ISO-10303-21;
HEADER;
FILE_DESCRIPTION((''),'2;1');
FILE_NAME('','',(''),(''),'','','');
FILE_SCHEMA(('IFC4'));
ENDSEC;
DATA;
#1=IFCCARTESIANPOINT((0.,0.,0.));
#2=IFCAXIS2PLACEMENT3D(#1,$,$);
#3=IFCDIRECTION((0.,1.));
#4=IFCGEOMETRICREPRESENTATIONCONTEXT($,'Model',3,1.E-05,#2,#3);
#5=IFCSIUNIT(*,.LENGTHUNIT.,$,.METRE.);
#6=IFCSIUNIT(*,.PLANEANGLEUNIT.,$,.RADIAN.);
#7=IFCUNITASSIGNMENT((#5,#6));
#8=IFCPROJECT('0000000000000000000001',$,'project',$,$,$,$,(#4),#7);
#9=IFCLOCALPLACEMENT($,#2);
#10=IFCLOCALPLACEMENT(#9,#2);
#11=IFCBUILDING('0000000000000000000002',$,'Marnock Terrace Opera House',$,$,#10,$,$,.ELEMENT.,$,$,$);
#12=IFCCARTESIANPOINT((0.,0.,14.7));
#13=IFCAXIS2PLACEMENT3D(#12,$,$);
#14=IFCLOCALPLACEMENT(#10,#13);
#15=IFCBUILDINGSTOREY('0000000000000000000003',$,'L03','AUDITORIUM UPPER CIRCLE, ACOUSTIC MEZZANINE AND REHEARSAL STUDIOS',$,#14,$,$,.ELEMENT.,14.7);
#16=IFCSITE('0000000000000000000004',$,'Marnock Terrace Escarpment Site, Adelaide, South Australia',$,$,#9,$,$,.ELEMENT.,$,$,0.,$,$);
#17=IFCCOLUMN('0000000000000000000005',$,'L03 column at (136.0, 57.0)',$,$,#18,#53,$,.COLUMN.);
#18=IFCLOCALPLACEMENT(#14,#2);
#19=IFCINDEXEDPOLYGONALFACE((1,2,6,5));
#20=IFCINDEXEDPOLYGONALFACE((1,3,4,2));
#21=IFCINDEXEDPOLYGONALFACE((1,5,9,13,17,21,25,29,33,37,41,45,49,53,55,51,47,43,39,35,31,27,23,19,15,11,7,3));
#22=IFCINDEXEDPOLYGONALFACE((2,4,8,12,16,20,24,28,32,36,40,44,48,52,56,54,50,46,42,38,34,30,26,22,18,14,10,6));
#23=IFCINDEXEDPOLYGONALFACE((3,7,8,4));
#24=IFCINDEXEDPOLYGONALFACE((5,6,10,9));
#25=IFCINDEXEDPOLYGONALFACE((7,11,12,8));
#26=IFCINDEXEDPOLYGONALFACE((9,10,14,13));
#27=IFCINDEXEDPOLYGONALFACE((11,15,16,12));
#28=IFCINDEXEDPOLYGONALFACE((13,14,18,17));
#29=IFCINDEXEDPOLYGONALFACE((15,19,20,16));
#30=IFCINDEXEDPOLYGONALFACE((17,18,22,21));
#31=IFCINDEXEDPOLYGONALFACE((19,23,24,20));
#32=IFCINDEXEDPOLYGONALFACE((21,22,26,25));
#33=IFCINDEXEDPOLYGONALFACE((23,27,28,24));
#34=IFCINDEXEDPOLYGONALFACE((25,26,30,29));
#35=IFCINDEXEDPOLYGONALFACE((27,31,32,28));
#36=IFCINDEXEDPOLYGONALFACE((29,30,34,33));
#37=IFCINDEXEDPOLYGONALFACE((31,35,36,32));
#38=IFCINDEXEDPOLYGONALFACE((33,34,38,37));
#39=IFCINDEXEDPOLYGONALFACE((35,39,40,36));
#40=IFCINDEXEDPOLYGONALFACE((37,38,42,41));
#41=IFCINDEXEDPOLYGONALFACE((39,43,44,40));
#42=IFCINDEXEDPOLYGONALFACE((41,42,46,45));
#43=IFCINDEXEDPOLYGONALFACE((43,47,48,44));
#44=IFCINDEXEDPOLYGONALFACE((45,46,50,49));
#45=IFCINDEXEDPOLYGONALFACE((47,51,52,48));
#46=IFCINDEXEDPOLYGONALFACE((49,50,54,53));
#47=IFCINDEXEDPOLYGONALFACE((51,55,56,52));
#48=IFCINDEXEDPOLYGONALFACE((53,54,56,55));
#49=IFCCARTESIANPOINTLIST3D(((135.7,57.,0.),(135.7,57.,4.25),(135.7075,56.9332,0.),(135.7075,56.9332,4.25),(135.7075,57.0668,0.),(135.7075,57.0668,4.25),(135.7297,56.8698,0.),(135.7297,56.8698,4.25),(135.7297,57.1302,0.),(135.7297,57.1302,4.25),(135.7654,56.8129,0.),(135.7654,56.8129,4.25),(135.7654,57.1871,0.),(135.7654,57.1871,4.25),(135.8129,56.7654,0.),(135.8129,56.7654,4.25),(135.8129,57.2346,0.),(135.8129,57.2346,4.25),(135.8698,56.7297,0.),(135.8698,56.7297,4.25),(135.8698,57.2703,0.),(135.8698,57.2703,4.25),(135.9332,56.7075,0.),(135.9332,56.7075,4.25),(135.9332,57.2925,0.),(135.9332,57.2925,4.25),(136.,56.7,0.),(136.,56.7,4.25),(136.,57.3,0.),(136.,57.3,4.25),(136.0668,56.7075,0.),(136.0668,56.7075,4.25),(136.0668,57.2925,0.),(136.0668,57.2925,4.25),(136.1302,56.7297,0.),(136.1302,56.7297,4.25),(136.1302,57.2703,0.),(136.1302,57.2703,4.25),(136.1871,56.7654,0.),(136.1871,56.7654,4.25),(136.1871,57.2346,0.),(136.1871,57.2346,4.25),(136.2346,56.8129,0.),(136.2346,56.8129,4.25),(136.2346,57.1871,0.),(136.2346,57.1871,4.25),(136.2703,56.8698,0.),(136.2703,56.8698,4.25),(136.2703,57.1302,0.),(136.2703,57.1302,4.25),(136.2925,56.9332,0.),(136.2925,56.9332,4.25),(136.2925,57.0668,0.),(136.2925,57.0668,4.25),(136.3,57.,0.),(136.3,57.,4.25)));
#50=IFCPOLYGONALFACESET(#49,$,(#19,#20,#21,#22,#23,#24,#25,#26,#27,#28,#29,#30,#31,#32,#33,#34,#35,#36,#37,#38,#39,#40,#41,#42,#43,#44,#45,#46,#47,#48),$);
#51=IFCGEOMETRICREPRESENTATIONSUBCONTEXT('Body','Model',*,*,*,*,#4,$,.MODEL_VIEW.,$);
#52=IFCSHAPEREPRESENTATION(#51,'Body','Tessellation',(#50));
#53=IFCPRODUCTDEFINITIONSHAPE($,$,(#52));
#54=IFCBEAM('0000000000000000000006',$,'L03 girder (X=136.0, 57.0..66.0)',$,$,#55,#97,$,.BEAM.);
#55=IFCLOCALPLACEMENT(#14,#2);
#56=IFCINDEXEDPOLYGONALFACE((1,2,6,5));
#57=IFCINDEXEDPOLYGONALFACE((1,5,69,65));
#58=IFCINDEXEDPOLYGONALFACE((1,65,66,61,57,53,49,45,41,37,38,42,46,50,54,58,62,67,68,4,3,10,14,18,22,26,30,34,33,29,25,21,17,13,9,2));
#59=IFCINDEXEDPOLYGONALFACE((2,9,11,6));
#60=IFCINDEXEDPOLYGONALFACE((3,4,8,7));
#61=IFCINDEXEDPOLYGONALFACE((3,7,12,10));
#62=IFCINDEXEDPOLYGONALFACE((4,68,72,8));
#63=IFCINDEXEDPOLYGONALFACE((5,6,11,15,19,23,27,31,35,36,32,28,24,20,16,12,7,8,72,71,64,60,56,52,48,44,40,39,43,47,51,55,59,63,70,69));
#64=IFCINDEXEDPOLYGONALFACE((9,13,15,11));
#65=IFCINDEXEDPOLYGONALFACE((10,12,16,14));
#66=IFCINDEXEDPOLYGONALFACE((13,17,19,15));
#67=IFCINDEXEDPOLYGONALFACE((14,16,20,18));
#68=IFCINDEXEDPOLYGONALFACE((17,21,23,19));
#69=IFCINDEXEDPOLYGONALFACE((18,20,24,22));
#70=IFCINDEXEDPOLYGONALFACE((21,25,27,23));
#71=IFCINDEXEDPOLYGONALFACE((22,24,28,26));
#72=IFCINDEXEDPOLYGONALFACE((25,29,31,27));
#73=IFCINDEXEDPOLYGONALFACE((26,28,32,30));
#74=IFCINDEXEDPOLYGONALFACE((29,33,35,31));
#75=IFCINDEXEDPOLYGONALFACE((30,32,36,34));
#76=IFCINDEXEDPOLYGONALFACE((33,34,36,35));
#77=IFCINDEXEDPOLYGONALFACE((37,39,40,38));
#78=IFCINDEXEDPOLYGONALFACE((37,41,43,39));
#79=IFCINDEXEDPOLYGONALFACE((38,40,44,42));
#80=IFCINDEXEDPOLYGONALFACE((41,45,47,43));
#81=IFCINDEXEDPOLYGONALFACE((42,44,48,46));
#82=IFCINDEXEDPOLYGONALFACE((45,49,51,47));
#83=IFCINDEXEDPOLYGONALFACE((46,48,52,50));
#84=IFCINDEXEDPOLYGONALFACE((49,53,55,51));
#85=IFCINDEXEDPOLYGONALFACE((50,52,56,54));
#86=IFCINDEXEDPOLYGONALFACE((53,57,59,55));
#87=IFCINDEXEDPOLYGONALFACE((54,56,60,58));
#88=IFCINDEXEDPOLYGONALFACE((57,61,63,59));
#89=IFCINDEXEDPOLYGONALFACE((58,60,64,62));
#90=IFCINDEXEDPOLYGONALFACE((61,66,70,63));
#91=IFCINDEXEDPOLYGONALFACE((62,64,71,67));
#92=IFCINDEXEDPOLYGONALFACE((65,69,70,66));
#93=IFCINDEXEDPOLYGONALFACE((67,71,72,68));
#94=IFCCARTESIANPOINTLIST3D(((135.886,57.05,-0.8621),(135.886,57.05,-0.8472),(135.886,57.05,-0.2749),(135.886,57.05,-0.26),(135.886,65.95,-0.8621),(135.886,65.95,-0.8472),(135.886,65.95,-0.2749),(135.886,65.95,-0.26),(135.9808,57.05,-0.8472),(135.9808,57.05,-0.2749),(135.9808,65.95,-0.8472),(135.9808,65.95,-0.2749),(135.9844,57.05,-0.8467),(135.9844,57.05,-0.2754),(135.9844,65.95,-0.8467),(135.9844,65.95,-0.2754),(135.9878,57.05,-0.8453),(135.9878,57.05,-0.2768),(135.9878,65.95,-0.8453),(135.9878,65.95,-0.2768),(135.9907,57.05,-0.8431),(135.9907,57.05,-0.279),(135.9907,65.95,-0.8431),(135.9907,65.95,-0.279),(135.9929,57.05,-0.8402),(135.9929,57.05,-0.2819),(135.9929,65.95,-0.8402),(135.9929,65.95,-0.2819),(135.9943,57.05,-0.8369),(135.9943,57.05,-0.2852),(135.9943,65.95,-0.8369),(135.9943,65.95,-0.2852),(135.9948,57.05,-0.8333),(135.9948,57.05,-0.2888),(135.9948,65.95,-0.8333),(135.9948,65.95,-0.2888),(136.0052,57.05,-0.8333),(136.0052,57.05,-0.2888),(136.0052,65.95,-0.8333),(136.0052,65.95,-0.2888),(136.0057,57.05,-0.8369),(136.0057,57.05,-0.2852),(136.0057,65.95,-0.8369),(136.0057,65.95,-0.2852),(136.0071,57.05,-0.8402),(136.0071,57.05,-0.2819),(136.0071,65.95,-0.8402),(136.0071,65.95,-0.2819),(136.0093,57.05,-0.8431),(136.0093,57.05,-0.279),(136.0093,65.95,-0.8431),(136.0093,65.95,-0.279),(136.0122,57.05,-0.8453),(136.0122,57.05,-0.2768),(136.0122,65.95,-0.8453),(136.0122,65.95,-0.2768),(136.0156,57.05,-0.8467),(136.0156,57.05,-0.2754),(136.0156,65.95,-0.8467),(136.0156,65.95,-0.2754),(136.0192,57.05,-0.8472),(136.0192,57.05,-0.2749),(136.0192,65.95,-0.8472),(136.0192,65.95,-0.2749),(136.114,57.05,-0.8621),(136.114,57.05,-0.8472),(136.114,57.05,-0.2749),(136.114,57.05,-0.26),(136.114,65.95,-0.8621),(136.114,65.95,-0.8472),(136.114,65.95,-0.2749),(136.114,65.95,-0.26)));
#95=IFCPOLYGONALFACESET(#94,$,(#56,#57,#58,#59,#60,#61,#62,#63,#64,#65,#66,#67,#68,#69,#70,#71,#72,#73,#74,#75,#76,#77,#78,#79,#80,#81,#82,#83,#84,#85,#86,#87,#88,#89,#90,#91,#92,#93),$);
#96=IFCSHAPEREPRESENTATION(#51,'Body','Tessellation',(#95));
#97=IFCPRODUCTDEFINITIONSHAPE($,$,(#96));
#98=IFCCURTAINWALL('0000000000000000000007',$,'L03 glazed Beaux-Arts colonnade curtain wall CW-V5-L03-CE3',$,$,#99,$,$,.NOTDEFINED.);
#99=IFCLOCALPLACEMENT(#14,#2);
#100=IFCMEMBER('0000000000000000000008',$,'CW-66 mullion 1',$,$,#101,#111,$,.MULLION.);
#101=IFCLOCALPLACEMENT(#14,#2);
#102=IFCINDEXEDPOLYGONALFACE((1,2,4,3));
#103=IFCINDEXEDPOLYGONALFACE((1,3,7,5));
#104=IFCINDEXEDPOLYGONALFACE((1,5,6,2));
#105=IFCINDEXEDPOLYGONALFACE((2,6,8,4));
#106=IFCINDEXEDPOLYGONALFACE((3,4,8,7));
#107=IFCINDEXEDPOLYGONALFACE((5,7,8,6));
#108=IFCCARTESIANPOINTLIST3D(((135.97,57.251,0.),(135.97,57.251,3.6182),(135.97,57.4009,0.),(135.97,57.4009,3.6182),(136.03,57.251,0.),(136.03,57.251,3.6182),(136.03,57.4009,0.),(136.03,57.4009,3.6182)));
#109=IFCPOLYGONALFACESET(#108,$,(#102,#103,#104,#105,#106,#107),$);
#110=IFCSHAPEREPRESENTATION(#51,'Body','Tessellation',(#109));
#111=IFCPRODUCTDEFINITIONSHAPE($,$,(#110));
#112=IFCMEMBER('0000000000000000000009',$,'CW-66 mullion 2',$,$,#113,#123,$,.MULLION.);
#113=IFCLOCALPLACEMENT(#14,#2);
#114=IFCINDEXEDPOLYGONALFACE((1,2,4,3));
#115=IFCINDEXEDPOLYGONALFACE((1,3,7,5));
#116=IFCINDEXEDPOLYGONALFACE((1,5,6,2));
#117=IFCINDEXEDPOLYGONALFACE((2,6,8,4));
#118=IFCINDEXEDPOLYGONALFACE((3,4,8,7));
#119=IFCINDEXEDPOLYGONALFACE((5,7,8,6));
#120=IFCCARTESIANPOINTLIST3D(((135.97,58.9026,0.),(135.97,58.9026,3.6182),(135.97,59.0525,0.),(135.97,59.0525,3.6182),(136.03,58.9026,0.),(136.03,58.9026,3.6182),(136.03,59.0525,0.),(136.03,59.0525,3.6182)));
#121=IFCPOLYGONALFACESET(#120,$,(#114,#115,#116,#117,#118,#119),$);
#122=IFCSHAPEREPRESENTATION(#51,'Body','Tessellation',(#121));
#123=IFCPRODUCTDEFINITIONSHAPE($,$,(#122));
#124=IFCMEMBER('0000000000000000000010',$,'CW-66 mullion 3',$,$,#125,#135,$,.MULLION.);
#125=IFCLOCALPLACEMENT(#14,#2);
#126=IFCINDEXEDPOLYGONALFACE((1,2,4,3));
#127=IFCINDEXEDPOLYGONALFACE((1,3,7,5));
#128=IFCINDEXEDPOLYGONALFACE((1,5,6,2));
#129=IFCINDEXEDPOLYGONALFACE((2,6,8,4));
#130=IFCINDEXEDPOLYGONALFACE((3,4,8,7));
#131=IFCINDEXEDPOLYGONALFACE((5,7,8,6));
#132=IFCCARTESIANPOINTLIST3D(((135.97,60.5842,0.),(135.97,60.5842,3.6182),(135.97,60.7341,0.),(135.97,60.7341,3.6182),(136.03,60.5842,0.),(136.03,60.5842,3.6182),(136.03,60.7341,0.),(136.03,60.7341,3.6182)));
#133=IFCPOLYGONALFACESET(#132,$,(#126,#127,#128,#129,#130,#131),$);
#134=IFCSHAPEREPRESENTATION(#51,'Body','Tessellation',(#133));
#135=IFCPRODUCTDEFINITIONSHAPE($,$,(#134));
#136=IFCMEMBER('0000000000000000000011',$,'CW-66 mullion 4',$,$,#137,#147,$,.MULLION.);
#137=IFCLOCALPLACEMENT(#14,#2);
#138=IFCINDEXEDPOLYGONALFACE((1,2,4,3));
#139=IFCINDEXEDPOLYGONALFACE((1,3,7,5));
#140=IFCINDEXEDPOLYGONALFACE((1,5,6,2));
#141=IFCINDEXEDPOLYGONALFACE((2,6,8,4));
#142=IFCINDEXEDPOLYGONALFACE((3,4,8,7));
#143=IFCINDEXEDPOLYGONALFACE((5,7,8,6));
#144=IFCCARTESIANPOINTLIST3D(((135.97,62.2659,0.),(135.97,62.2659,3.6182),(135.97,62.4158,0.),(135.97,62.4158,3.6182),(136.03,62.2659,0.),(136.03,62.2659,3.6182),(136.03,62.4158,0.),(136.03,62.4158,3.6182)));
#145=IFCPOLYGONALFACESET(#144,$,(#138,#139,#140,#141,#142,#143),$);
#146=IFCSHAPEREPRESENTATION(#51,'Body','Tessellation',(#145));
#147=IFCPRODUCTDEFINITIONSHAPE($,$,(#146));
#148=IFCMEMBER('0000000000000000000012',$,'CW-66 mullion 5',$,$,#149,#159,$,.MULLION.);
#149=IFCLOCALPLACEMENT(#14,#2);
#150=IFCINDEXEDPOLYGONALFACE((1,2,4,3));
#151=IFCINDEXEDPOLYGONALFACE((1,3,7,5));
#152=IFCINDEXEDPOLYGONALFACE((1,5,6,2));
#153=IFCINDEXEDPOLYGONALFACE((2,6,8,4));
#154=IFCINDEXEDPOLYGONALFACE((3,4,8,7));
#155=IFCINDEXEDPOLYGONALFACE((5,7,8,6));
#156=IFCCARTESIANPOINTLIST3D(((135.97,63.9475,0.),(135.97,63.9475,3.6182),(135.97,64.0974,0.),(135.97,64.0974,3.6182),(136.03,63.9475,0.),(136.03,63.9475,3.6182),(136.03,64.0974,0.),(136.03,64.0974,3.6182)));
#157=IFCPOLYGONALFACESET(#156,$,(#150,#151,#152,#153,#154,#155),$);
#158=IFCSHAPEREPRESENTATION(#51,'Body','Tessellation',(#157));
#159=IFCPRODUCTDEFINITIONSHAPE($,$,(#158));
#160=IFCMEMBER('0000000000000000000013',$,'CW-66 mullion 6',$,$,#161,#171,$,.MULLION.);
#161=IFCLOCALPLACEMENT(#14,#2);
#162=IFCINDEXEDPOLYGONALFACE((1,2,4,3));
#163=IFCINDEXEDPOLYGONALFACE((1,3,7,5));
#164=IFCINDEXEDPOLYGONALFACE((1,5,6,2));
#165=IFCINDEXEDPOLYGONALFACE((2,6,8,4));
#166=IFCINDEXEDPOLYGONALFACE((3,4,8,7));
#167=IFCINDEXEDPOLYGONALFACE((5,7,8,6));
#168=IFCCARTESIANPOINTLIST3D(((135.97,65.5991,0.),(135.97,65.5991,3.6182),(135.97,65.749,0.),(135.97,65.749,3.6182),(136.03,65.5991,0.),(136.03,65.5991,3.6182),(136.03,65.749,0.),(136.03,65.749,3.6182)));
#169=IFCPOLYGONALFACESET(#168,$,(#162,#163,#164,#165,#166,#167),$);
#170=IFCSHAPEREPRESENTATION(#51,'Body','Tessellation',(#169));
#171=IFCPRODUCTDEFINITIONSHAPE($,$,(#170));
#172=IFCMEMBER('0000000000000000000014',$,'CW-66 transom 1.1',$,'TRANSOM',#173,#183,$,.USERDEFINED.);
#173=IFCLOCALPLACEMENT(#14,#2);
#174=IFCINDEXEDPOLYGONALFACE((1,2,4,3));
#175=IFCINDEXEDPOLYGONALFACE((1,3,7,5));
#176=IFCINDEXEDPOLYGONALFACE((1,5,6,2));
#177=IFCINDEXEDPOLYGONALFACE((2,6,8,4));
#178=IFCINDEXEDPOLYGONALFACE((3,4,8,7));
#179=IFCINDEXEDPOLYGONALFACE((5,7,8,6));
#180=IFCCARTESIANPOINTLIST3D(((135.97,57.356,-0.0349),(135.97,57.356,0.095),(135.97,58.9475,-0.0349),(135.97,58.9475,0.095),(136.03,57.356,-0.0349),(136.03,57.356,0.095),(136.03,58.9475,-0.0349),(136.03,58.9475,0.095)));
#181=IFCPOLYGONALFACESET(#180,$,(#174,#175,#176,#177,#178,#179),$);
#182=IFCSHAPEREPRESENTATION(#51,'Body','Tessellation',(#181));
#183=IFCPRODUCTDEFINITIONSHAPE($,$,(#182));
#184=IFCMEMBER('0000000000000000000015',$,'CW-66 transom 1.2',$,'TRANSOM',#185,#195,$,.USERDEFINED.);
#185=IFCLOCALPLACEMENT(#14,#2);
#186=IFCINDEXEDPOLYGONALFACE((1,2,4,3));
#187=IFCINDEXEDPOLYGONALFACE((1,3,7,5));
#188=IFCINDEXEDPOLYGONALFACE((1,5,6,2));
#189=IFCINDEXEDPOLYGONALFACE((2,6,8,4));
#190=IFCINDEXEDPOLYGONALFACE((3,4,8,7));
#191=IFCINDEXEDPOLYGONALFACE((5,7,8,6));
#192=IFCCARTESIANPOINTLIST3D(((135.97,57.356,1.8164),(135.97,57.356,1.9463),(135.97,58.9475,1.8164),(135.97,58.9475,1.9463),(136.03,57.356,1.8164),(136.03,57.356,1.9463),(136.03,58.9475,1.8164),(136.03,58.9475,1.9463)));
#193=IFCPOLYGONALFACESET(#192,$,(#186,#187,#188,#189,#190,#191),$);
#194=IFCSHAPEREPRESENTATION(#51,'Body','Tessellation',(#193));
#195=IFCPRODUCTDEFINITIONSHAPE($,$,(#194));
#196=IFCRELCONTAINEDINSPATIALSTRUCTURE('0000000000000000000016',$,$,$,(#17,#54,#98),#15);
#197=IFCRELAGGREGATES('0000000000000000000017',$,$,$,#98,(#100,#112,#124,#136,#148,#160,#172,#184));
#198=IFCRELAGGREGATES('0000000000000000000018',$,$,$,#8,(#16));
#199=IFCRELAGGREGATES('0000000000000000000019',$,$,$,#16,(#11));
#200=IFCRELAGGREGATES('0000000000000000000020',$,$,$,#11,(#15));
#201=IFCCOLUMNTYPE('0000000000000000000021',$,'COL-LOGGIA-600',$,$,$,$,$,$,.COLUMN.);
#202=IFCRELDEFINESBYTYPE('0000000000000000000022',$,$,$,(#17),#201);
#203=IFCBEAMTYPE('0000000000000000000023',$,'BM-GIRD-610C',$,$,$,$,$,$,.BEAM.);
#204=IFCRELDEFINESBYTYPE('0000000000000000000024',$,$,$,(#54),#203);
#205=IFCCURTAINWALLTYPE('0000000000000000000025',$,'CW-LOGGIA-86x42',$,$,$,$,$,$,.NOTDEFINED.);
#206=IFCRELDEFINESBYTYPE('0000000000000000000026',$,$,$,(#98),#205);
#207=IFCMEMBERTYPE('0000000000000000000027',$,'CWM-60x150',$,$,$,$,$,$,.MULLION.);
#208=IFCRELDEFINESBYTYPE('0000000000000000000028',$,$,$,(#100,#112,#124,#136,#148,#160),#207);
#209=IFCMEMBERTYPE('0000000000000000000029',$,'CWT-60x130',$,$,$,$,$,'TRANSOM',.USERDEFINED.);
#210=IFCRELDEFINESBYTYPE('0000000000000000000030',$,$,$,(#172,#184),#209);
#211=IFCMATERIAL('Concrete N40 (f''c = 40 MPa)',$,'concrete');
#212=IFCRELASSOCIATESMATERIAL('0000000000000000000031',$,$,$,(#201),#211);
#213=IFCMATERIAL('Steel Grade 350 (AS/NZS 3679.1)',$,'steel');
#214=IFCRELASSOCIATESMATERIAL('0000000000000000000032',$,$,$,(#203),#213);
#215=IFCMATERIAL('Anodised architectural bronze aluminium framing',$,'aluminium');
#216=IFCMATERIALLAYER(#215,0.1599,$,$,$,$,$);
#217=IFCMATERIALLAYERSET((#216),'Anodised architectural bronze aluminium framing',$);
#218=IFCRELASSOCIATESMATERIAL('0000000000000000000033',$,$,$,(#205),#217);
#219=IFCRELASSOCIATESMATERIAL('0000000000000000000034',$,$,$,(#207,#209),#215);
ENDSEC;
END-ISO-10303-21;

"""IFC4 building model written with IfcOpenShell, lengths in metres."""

from ifc_helpers import new_model, si_unit, direction, frame, origin, origin_2d, place, context, subcontext, project, spatial, rectangle, circle, i_section, extrude, material, layer, layer_set, material_profile, profile_set, type_object, element, aggregate, save


model = new_model("IFC4")

# Units and contexts
model_context = context("Model", 3, precision=1e-05, world=origin(), true_north=direction((0.0, 1.0)))
body_context = subcontext(model_context, "Body", "Model", "MODEL_VIEW")
ifc_project = project(units=[si_unit("LENGTHUNIT", "METRE"), si_unit("PLANEANGLEUNIT", "RADIAN")], contexts=[model_context])

# Site, building, storey
site_placement = place(None, origin())
site = spatial("IfcSite", under=ifc_project, at=site_placement, Name="Marnock Terrace Escarpment Site, Adelaide, South Australia", CompositionType="ELEMENT", RefElevation=0.0)
building_placement = place(site_placement, origin())
building = spatial("IfcBuilding", under=site, at=building_placement, Name="Marnock Terrace Opera House", CompositionType="ELEMENT")
storey_placement = place(building_placement, frame((0.0, 0.0, 14.7)))
storey = spatial("IfcBuildingStorey", under=building, at=storey_placement, Name="L03", Description="AUDITORIUM UPPER CIRCLE, ACOUSTIC MEZZANINE AND REHEARSAL STUDIOS", CompositionType="ELEMENT", Elevation=14.7)

# Column
ifc_material_1 = material(Name="Concrete N40 (f'c = 40 MPa)", Category="concrete")
ifc_material_profile_1 = material_profile(ifc_material_1, circle(Radius=0.3, at=origin_2d()))
ifc_profile_set_1 = profile_set([ifc_material_profile_1], Name="Concrete N40 (f'c = 40 MPa)")
column_type = type_object("IfcColumnType", Name="COL-LOGGIA-600", PredefinedType="COLUMN", material=ifc_profile_set_1)
column_placement = place(storey_placement, frame((136.0, 57.0, 0.0), z_axis=(0.0, 0.0, 1.0), x_axis=(1.0, 0.0, 0.0)))
element("IfcColumn", 1, at=column_placement, inside=storey, type_object=column_type, Name="L03 column at (136.0, 57.0)", PredefinedType="COLUMN", context=body_context, shape_type="SweptSolid", body=[
    extrude(circle(Radius=0.3, at=origin_2d()), origin(), (0.0, 0.0, 1.0), 4.25),
])

# Beam
ifc_material_2 = material(Name="Steel Grade 350 (AS/NZS 3679.1)", Category="steel")
ifc_material_profile_2 = material_profile(ifc_material_2, i_section(OverallWidth=0.228, OverallDepth=0.6021, WebThickness=0.0105, FlangeThickness=0.0149, FilletRadius=0.0139, at=origin_2d()))
ifc_profile_set_2 = profile_set([ifc_material_profile_2], Name="Steel Grade 350 (AS/NZS 3679.1)")
beam_type = type_object("IfcBeamType", Name="BM-GIRD-610C", PredefinedType="BEAM", material=ifc_profile_set_2)
beam_placement = place(storey_placement, frame((136.0, 57.05, -0.561), z_axis=(0.0, 1.0, 0.0), x_axis=(-1.0, 0.0, 0.0)))
element("IfcBeam", 2, at=beam_placement, inside=storey, type_object=beam_type, Name="L03 girder (X=136.0, 57.0..66.0)", PredefinedType="BEAM", context=body_context, shape_type="SweptSolid", body=[
    extrude(i_section(OverallWidth=0.228, OverallDepth=0.6021, WebThickness=0.0105, FlangeThickness=0.0149, FilletRadius=0.0139, at=origin_2d()), origin(), (0.0, 0.0, 1.0), 8.8999),
])

# Curtain wall, members
ifc_material_3 = material(Name="Anodised architectural bronze aluminium framing", Category="aluminium")
ifc_layer_1 = layer(ifc_material_3, 0.1599)
ifc_layer_set_1 = layer_set([ifc_layer_1], Name="Anodised architectural bronze aluminium framing")
curtain_wall_type = type_object("IfcCurtainWallType", Name="CW-LOGGIA-86x42", PredefinedType="NOTDEFINED", material=ifc_layer_set_1)
curtain_wall_placement = place(storey_placement, origin())
curtain_wall = element("IfcCurtainWall", 3, at=curtain_wall_placement, inside=storey, type_object=curtain_wall_type, Name="L03 glazed Beaux-Arts colonnade curtain wall CW-V5-L03-CE3", PredefinedType="NOTDEFINED")
ifc_material_profile_3 = material_profile(ifc_material_3, rectangle(XDim=0.0601, YDim=0.1499, at=origin_2d()))
ifc_profile_set_3 = profile_set([ifc_material_profile_3], Name="Anodised architectural bronze aluminium framing")
member_type_1 = type_object("IfcMemberType", Name="CWM-60x150", PredefinedType="MULLION", material=ifc_profile_set_3)
member_1_placement = place(storey_placement, frame((136.0, 57.3259, 0.0), z_axis=(0.0, 0.0, 1.0), x_axis=(-1.0, 0.0, 0.0)))
member_1 = element("IfcMember", 4, at=member_1_placement, type_object=member_type_1, Name="CW-66 mullion 1", PredefinedType="MULLION", context=body_context, shape_type="SweptSolid", body=[
    extrude(rectangle(XDim=0.0601, YDim=0.1499, at=origin_2d()), origin(), (0.0, 0.0, 1.0), 3.6182),
])
member_2_placement = place(storey_placement, frame((136.0, 58.9775, 0.0), z_axis=(0.0, 0.0, 1.0), x_axis=(-1.0, 0.0, 0.0)))
member_2 = element("IfcMember", 5, at=member_2_placement, type_object=member_type_1, Name="CW-66 mullion 2", PredefinedType="MULLION", context=body_context, shape_type="SweptSolid", body=[
    extrude(rectangle(XDim=0.0601, YDim=0.1499, at=origin_2d()), origin(), (0.0, 0.0, 1.0), 3.6182),
])
member_3_placement = place(storey_placement, frame((136.0, 60.6592, 0.0), z_axis=(0.0, 0.0, 1.0), x_axis=(-1.0, 0.0, 0.0)))
member_3 = element("IfcMember", 6, at=member_3_placement, type_object=member_type_1, Name="CW-66 mullion 3", PredefinedType="MULLION", context=body_context, shape_type="SweptSolid", body=[
    extrude(rectangle(XDim=0.0601, YDim=0.1499, at=origin_2d()), origin(), (0.0, 0.0, 1.0), 3.6182),
])
member_4_placement = place(storey_placement, frame((136.0, 62.3408, 0.0), z_axis=(0.0, 0.0, 1.0), x_axis=(-1.0, 0.0, 0.0)))
member_4 = element("IfcMember", 7, at=member_4_placement, type_object=member_type_1, Name="CW-66 mullion 4", PredefinedType="MULLION", context=body_context, shape_type="SweptSolid", body=[
    extrude(rectangle(XDim=0.0601, YDim=0.1499, at=origin_2d()), origin(), (0.0, 0.0, 1.0), 3.6182),
])
member_5_placement = place(storey_placement, frame((136.0, 64.0225, 0.0), z_axis=(0.0, 0.0, 1.0), x_axis=(-1.0, 0.0, 0.0)))
member_5 = element("IfcMember", 8, at=member_5_placement, type_object=member_type_1, Name="CW-66 mullion 5", PredefinedType="MULLION", context=body_context, shape_type="SweptSolid", body=[
    extrude(rectangle(XDim=0.0601, YDim=0.1499, at=origin_2d()), origin(), (0.0, 0.0, 1.0), 3.6182),
])
member_6_placement = place(storey_placement, frame((136.0, 65.6741, 0.0), z_axis=(0.0, 0.0, 1.0), x_axis=(-1.0, 0.0, 0.0)))
member_6 = element("IfcMember", 9, at=member_6_placement, type_object=member_type_1, Name="CW-66 mullion 6", PredefinedType="MULLION", context=body_context, shape_type="SweptSolid", body=[
    extrude(rectangle(XDim=0.0601, YDim=0.1499, at=origin_2d()), origin(), (0.0, 0.0, 1.0), 3.6182),
])
ifc_material_profile_4 = material_profile(ifc_material_3, rectangle(XDim=0.0601, YDim=0.1299, at=origin_2d()))
ifc_profile_set_4 = profile_set([ifc_material_profile_4], Name="Anodised architectural bronze aluminium framing")
member_type_2 = type_object("IfcMemberType", Name="CWT-60x130", ElementType="TRANSOM", PredefinedType="USERDEFINED", material=ifc_profile_set_4)
member_7_placement = place(storey_placement, frame((136.0, 57.356, 0.03), z_axis=(0.0, 1.0, 0.0), x_axis=(-1.0, 0.0, 0.0)))
member_7 = element("IfcMember", 10, at=member_7_placement, type_object=member_type_2, Name="CW-66 transom 1.1", ObjectType="TRANSOM", PredefinedType="USERDEFINED", context=body_context, shape_type="SweptSolid", body=[
    extrude(rectangle(XDim=0.0601, YDim=0.1299, at=origin_2d()), origin(), (0.0, 0.0, 1.0), 1.5916),
])
member_8_placement = place(storey_placement, frame((136.0, 57.356, 1.8813), z_axis=(0.0, 1.0, 0.0), x_axis=(-1.0, 0.0, 0.0)))
member_8 = element("IfcMember", 11, at=member_8_placement, type_object=member_type_2, Name="CW-66 transom 1.2", ObjectType="TRANSOM", PredefinedType="USERDEFINED", context=body_context, shape_type="SweptSolid", body=[
    extrude(rectangle(XDim=0.0601, YDim=0.1299, at=origin_2d()), origin(), (0.0, 0.0, 1.0), 1.5916),
])
aggregate(curtain_wall, [member_1, member_2, member_3, member_4, member_5, member_6, member_7, member_8])

save(model, "model.ifc")
